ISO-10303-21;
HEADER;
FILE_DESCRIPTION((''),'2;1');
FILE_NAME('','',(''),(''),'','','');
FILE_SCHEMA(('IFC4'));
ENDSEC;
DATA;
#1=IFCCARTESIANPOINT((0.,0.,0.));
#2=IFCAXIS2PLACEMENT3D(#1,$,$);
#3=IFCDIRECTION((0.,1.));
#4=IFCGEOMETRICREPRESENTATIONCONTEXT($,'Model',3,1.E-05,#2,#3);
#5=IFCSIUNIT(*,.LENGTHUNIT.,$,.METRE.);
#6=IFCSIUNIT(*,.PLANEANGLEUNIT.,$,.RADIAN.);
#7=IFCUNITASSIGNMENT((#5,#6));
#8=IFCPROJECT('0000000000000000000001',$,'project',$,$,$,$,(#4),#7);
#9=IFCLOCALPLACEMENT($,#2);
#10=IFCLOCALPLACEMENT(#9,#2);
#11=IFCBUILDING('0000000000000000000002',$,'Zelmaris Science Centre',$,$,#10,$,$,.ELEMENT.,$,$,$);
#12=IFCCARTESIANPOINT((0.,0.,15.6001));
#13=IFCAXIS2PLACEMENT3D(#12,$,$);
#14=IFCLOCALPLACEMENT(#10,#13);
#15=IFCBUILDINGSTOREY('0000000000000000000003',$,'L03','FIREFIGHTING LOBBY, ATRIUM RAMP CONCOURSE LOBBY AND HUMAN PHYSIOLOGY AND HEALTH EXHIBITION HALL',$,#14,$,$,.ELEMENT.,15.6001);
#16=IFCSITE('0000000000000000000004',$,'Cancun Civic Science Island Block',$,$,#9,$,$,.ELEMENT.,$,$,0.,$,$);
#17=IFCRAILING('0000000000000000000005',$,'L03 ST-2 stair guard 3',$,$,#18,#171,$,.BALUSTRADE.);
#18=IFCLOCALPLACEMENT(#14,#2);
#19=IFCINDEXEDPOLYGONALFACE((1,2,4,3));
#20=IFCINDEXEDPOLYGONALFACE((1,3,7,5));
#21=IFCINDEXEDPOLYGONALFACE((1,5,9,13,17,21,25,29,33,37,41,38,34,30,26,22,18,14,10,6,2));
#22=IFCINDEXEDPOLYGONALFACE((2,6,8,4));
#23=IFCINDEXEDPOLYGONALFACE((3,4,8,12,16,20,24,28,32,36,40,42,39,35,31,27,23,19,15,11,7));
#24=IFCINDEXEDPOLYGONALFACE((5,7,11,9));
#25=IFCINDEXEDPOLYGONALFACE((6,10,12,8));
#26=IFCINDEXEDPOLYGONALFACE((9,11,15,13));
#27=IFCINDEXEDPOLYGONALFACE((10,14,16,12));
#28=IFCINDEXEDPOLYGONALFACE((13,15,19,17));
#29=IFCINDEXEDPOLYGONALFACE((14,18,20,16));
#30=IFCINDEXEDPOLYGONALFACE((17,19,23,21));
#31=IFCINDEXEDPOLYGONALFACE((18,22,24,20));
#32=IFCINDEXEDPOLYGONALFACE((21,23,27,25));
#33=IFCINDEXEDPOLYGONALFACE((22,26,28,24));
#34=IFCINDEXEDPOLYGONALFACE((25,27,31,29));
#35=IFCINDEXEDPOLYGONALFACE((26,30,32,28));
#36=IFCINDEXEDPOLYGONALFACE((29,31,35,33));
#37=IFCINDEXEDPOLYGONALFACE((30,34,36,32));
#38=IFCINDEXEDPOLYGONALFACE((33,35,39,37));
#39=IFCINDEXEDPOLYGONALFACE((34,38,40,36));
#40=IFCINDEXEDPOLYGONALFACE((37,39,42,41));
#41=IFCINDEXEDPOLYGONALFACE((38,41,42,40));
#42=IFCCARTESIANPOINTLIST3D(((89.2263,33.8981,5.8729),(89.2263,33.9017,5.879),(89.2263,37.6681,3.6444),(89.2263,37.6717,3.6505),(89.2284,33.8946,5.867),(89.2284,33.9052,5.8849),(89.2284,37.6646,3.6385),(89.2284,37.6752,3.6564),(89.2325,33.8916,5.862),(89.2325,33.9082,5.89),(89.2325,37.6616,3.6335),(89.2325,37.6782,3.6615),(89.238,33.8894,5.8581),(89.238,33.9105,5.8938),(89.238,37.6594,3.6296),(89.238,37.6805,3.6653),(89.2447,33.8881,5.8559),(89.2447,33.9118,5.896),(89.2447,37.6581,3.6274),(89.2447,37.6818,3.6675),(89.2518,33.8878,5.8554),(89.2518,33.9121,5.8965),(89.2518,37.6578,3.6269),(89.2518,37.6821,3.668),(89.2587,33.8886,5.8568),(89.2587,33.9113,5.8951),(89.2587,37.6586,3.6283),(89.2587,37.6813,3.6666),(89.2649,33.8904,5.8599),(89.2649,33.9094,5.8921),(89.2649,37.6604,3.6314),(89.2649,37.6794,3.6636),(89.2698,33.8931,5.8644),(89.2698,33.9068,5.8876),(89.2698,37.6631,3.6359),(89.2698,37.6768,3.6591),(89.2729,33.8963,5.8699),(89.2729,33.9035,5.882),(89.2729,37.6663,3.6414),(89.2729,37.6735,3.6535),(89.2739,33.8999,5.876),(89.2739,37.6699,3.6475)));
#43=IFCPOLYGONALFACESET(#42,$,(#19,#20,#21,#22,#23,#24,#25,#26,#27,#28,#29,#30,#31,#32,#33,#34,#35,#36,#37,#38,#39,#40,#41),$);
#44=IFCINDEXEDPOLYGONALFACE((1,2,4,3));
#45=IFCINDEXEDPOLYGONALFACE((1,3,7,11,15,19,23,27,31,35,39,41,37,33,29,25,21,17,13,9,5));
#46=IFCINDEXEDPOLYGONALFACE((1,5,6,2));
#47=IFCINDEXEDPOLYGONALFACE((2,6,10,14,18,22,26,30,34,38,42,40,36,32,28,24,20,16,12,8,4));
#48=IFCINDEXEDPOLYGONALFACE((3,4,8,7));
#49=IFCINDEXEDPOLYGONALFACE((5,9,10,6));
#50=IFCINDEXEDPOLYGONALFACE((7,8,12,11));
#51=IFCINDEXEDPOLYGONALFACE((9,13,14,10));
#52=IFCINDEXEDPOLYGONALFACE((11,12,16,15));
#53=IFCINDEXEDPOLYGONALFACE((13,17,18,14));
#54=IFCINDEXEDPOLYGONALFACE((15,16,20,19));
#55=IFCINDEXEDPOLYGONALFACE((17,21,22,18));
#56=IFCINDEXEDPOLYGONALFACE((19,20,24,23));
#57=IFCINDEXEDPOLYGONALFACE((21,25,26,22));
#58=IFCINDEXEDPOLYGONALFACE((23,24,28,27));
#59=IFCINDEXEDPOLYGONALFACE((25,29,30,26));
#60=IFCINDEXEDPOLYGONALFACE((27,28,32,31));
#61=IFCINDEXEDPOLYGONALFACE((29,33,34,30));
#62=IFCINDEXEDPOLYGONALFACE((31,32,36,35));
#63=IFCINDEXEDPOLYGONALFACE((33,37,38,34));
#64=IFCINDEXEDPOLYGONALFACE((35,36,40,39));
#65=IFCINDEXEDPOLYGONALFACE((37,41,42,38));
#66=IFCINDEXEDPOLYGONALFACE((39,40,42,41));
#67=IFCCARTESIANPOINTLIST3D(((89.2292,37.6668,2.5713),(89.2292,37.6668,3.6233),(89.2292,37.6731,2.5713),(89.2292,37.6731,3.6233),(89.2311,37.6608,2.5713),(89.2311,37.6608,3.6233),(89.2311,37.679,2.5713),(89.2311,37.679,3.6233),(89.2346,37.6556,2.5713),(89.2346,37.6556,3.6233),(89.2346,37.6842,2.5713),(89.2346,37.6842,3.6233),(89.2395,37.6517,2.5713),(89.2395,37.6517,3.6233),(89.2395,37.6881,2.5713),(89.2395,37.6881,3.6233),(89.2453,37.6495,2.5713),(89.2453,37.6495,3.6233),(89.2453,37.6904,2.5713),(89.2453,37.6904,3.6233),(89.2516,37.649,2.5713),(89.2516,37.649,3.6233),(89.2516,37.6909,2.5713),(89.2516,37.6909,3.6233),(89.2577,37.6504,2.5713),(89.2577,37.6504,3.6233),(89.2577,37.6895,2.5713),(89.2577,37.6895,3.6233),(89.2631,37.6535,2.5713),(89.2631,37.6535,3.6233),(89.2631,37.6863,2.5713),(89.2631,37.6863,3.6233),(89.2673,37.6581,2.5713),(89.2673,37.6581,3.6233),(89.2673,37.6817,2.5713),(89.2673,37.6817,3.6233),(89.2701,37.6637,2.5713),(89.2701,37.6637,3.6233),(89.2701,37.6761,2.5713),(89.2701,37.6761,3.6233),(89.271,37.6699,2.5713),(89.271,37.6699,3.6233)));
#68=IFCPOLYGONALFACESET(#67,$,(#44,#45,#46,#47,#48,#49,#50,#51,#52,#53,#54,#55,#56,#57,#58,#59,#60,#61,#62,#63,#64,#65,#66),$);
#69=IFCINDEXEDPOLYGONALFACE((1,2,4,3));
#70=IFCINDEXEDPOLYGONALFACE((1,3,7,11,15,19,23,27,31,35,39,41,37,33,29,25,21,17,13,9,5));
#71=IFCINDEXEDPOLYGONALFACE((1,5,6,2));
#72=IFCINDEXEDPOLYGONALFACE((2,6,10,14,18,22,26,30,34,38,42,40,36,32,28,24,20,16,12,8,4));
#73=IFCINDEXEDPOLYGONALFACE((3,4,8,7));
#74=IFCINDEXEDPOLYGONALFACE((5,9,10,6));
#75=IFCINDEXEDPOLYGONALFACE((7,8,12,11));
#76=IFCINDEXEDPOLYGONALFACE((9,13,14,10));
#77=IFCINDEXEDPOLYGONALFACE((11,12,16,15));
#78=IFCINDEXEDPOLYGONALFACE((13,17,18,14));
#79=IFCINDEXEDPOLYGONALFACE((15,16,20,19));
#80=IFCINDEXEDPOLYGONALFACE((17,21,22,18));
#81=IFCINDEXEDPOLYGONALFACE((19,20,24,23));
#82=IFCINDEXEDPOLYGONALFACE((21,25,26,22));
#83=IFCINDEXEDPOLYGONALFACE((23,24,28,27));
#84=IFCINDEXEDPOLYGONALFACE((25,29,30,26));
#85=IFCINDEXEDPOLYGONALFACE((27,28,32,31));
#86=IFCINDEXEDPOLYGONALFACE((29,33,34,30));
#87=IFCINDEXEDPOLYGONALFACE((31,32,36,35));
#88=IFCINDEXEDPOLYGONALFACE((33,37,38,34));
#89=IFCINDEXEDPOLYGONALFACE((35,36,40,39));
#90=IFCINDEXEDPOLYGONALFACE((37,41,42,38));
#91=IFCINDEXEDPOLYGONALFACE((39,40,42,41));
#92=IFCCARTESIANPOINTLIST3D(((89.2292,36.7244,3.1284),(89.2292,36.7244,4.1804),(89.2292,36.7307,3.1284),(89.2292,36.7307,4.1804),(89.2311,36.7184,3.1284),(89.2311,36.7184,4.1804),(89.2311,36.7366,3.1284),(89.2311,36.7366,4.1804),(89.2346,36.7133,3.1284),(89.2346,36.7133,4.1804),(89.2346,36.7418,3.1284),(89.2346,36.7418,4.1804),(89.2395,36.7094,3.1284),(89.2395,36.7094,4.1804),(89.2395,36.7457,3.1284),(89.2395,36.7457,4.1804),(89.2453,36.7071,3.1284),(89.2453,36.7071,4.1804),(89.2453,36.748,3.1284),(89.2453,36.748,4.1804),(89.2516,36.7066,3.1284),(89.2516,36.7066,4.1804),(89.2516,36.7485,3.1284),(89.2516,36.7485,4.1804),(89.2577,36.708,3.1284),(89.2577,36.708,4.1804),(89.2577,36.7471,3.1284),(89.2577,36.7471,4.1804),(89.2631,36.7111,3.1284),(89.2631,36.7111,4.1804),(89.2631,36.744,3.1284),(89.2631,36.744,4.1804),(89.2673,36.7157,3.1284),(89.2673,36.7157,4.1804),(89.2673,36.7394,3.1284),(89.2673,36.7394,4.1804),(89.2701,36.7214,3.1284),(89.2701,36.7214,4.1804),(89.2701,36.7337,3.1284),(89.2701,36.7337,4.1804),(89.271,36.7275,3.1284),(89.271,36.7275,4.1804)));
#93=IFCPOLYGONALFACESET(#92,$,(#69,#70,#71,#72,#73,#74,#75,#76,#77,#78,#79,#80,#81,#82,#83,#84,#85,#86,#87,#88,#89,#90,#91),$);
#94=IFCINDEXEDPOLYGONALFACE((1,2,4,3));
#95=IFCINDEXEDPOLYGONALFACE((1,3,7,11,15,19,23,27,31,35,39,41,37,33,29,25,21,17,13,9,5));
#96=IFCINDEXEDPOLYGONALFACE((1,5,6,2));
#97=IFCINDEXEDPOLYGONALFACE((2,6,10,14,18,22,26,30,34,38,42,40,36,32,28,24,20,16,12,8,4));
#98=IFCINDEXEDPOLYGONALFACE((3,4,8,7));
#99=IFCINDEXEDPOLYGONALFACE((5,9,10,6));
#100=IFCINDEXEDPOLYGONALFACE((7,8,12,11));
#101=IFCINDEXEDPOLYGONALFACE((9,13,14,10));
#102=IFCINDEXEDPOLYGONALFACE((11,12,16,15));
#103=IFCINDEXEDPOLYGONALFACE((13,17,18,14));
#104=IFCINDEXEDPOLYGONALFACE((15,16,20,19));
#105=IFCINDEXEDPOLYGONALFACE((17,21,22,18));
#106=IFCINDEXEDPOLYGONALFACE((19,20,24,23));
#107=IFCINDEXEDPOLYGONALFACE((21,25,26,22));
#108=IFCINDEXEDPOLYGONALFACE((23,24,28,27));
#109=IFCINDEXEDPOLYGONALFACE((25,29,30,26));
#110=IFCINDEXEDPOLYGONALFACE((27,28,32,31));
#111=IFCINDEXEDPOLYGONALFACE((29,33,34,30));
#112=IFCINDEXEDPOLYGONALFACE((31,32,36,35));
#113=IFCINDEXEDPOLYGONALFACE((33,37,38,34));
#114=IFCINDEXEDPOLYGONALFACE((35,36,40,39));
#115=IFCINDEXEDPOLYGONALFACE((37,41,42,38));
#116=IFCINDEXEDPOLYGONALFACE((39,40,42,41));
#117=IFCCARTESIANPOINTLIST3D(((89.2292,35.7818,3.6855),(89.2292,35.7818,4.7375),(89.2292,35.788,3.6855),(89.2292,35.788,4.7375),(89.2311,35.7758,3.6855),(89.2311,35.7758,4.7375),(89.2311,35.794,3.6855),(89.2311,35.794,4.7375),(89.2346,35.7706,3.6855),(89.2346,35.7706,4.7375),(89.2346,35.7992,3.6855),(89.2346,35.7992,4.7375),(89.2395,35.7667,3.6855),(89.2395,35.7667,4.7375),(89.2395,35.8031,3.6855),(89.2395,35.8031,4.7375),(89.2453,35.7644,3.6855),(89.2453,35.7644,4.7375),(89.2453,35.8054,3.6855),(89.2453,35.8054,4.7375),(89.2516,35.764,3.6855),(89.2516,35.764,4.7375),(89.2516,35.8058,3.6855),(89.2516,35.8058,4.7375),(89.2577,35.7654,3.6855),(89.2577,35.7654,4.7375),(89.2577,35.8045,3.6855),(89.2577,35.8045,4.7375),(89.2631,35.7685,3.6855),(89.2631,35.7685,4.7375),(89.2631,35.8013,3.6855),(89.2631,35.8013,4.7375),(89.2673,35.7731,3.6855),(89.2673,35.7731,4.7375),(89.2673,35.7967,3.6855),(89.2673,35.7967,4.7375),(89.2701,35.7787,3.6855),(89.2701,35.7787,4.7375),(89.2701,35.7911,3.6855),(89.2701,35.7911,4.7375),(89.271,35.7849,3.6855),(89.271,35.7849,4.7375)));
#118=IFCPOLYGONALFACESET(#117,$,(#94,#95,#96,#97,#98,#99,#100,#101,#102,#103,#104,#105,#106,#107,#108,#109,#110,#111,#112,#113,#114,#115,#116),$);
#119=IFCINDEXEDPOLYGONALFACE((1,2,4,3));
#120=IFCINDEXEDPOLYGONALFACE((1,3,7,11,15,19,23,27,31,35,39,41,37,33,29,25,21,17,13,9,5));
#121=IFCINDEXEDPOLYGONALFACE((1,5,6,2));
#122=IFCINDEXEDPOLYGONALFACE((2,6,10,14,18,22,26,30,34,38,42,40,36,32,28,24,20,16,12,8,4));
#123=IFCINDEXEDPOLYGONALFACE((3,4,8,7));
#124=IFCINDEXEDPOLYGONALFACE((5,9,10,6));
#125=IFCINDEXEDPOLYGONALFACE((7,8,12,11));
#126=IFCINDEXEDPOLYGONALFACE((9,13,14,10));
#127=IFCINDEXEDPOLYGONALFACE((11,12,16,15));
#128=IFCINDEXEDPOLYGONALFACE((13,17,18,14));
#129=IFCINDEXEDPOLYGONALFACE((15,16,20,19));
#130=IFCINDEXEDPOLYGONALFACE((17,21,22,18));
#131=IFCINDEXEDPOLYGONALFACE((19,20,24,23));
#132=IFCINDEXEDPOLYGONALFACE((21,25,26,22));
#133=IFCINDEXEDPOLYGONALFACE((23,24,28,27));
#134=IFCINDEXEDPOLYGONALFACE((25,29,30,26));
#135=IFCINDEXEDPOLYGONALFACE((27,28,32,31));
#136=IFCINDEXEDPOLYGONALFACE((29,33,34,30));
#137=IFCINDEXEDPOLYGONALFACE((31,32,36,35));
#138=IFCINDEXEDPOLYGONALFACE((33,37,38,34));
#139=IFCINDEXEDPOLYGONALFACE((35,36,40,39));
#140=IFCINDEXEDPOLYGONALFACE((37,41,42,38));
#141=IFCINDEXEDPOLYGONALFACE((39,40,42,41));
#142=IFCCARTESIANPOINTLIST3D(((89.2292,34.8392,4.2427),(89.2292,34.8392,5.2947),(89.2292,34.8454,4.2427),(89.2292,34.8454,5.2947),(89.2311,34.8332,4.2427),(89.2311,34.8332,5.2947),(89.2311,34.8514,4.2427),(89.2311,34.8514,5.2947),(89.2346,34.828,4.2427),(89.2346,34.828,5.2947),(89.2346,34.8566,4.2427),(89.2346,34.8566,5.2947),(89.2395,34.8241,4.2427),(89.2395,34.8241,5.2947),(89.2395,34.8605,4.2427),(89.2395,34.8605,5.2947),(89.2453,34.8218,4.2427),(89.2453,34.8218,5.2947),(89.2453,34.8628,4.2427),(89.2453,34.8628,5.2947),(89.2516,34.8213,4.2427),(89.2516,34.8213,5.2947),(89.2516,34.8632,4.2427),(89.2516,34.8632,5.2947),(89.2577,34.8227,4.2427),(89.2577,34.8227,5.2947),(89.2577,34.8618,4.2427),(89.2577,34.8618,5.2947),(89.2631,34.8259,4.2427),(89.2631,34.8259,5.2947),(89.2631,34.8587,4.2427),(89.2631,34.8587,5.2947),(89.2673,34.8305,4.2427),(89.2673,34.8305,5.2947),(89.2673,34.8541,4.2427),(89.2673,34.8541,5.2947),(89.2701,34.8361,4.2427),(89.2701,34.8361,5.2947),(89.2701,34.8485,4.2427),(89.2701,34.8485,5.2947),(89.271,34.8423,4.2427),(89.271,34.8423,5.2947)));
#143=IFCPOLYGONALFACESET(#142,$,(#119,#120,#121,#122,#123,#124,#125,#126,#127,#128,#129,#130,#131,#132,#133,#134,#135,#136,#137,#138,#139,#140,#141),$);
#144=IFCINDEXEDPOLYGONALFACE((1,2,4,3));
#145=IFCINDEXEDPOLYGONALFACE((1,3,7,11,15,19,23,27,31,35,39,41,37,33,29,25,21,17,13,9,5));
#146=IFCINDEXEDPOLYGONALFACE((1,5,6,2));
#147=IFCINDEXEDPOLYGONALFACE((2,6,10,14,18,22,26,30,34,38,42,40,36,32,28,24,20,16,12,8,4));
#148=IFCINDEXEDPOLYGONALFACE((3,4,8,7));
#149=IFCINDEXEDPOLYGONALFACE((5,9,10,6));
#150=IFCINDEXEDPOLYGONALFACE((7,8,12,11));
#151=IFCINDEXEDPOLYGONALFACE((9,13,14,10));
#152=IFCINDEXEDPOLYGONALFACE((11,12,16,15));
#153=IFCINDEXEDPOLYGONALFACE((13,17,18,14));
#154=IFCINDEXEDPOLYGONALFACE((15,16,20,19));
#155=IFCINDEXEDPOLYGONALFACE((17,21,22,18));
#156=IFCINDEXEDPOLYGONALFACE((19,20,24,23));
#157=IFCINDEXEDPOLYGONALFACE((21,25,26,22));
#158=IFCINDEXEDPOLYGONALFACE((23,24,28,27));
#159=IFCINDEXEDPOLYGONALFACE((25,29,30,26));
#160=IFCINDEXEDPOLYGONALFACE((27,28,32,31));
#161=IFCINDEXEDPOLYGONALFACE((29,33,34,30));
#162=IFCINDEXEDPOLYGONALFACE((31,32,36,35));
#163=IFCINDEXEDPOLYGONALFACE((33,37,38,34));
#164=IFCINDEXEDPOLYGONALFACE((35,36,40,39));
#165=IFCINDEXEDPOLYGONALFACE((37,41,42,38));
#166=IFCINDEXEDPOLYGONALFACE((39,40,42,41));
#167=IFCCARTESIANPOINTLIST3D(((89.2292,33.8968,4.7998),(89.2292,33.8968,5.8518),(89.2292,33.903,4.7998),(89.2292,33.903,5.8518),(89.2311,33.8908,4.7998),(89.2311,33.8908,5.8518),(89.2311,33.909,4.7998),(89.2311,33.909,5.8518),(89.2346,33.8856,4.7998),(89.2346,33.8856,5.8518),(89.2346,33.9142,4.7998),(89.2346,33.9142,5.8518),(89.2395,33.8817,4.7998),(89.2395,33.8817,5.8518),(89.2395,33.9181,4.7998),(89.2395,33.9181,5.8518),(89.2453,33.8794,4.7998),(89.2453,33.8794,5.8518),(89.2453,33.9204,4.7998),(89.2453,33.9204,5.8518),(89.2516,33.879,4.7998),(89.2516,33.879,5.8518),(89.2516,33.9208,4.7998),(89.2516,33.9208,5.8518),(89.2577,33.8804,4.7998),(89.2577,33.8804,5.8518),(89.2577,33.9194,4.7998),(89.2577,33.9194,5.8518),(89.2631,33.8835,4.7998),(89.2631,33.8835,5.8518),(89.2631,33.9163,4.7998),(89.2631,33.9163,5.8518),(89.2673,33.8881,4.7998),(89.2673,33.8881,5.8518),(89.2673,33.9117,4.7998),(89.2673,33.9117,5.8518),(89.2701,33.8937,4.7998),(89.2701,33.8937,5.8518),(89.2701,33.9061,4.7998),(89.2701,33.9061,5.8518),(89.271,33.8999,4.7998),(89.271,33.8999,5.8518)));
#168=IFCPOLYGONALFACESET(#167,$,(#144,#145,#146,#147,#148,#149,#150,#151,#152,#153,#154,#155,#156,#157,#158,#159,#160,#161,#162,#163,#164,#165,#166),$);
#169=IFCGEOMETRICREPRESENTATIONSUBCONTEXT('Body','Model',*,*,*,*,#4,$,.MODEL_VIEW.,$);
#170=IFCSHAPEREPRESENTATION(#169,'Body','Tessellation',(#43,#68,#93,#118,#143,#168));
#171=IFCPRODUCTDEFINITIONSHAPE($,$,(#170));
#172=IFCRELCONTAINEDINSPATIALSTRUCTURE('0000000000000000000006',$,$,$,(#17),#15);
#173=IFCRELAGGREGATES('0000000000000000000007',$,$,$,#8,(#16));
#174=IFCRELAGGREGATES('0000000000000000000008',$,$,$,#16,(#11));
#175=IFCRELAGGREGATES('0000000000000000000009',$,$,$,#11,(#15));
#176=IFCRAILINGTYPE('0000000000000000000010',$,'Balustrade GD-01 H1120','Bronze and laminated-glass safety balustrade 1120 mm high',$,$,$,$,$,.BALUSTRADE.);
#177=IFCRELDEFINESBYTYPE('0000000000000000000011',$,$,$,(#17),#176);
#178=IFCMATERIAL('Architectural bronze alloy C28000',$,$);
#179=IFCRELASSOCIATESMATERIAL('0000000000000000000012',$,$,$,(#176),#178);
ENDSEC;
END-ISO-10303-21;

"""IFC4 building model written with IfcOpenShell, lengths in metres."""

from ifc_helpers import new_model, si_unit, direction, frame, origin, origin_2d, place, context, subcontext, project, spatial, circle, extrude, material, type_object, element, save


model = new_model("IFC4")

# Units and contexts
model_context = context("Model", 3, precision=1e-05, world=origin(), true_north=direction((0.0, 1.0)))
body_context = subcontext(model_context, "Body", "Model", "MODEL_VIEW")
ifc_project = project(units=[si_unit("LENGTHUNIT", "METRE"), si_unit("PLANEANGLEUNIT", "RADIAN")], contexts=[model_context])

# Site, building, storey
site_placement = place(None, origin())
site = spatial("IfcSite", under=ifc_project, at=site_placement, Name="Cancun Civic Science Island Block", CompositionType="ELEMENT", RefElevation=0.0)
building_placement = place(site_placement, origin())
building = spatial("IfcBuilding", under=site, at=building_placement, Name="Zelmaris Science Centre", CompositionType="ELEMENT")
storey_placement = place(building_placement, frame((0.0, 0.0, 15.6001)))
storey = spatial("IfcBuildingStorey", under=building, at=storey_placement, Name="L03", Description="FIREFIGHTING LOBBY, ATRIUM RAMP CONCOURSE LOBBY AND HUMAN PHYSIOLOGY AND HEALTH EXHIBITION HALL", CompositionType="ELEMENT", Elevation=15.6001)

# Railing
ifc_material_1 = material(Name="Architectural bronze alloy C28000")
railing_type_1 = type_object("IfcRailingType", Name="Balustrade GD-01 H1120", Description="Bronze and laminated-glass safety balustrade 1120 mm high", PredefinedType="BALUSTRADE", material=ifc_material_1)
railing_1_placement = place(storey_placement, frame((89.25, 37.6699, 2.5713)))
element("IfcRailing", 1, at=railing_1_placement, inside=storey, type_object=railing_type_1, Name="L03 ST-2 stair guard 3", PredefinedType="BALUSTRADE", context=body_context, shape_type="SweptSolid", body=[
    extrude(circle(Radius=0.0239, at=origin_2d()), frame((0.0, 0.0, 1.0762), z_axis=(0.0, -0.860849, 0.508861), x_axis=(1.0, 0.0, 0.0)), (0.0, 0.0, 1.0), 4.3794),
    extrude(circle(Radius=0.021, at=origin_2d()), origin(), (0.0, 0.0, 1.0), 1.052),
    extrude(circle(Radius=0.021, at=origin_2d()), frame((0.0, -0.9424, 0.5571)), (0.0, 0.0, 1.0), 1.052),
    extrude(circle(Radius=0.021, at=origin_2d()), frame((0.0, -1.885, 1.1143)), (0.0, 0.0, 1.0), 1.052),
    extrude(circle(Radius=0.021, at=origin_2d()), frame((0.0, -2.8276, 1.6714)), (0.0, 0.0, 1.0), 1.052),
    extrude(circle(Radius=0.021, at=origin_2d()), frame((0.0, -3.77, 2.2285)), (0.0, 0.0, 1.0), 1.052),
])

save(model, "model.ifc")
